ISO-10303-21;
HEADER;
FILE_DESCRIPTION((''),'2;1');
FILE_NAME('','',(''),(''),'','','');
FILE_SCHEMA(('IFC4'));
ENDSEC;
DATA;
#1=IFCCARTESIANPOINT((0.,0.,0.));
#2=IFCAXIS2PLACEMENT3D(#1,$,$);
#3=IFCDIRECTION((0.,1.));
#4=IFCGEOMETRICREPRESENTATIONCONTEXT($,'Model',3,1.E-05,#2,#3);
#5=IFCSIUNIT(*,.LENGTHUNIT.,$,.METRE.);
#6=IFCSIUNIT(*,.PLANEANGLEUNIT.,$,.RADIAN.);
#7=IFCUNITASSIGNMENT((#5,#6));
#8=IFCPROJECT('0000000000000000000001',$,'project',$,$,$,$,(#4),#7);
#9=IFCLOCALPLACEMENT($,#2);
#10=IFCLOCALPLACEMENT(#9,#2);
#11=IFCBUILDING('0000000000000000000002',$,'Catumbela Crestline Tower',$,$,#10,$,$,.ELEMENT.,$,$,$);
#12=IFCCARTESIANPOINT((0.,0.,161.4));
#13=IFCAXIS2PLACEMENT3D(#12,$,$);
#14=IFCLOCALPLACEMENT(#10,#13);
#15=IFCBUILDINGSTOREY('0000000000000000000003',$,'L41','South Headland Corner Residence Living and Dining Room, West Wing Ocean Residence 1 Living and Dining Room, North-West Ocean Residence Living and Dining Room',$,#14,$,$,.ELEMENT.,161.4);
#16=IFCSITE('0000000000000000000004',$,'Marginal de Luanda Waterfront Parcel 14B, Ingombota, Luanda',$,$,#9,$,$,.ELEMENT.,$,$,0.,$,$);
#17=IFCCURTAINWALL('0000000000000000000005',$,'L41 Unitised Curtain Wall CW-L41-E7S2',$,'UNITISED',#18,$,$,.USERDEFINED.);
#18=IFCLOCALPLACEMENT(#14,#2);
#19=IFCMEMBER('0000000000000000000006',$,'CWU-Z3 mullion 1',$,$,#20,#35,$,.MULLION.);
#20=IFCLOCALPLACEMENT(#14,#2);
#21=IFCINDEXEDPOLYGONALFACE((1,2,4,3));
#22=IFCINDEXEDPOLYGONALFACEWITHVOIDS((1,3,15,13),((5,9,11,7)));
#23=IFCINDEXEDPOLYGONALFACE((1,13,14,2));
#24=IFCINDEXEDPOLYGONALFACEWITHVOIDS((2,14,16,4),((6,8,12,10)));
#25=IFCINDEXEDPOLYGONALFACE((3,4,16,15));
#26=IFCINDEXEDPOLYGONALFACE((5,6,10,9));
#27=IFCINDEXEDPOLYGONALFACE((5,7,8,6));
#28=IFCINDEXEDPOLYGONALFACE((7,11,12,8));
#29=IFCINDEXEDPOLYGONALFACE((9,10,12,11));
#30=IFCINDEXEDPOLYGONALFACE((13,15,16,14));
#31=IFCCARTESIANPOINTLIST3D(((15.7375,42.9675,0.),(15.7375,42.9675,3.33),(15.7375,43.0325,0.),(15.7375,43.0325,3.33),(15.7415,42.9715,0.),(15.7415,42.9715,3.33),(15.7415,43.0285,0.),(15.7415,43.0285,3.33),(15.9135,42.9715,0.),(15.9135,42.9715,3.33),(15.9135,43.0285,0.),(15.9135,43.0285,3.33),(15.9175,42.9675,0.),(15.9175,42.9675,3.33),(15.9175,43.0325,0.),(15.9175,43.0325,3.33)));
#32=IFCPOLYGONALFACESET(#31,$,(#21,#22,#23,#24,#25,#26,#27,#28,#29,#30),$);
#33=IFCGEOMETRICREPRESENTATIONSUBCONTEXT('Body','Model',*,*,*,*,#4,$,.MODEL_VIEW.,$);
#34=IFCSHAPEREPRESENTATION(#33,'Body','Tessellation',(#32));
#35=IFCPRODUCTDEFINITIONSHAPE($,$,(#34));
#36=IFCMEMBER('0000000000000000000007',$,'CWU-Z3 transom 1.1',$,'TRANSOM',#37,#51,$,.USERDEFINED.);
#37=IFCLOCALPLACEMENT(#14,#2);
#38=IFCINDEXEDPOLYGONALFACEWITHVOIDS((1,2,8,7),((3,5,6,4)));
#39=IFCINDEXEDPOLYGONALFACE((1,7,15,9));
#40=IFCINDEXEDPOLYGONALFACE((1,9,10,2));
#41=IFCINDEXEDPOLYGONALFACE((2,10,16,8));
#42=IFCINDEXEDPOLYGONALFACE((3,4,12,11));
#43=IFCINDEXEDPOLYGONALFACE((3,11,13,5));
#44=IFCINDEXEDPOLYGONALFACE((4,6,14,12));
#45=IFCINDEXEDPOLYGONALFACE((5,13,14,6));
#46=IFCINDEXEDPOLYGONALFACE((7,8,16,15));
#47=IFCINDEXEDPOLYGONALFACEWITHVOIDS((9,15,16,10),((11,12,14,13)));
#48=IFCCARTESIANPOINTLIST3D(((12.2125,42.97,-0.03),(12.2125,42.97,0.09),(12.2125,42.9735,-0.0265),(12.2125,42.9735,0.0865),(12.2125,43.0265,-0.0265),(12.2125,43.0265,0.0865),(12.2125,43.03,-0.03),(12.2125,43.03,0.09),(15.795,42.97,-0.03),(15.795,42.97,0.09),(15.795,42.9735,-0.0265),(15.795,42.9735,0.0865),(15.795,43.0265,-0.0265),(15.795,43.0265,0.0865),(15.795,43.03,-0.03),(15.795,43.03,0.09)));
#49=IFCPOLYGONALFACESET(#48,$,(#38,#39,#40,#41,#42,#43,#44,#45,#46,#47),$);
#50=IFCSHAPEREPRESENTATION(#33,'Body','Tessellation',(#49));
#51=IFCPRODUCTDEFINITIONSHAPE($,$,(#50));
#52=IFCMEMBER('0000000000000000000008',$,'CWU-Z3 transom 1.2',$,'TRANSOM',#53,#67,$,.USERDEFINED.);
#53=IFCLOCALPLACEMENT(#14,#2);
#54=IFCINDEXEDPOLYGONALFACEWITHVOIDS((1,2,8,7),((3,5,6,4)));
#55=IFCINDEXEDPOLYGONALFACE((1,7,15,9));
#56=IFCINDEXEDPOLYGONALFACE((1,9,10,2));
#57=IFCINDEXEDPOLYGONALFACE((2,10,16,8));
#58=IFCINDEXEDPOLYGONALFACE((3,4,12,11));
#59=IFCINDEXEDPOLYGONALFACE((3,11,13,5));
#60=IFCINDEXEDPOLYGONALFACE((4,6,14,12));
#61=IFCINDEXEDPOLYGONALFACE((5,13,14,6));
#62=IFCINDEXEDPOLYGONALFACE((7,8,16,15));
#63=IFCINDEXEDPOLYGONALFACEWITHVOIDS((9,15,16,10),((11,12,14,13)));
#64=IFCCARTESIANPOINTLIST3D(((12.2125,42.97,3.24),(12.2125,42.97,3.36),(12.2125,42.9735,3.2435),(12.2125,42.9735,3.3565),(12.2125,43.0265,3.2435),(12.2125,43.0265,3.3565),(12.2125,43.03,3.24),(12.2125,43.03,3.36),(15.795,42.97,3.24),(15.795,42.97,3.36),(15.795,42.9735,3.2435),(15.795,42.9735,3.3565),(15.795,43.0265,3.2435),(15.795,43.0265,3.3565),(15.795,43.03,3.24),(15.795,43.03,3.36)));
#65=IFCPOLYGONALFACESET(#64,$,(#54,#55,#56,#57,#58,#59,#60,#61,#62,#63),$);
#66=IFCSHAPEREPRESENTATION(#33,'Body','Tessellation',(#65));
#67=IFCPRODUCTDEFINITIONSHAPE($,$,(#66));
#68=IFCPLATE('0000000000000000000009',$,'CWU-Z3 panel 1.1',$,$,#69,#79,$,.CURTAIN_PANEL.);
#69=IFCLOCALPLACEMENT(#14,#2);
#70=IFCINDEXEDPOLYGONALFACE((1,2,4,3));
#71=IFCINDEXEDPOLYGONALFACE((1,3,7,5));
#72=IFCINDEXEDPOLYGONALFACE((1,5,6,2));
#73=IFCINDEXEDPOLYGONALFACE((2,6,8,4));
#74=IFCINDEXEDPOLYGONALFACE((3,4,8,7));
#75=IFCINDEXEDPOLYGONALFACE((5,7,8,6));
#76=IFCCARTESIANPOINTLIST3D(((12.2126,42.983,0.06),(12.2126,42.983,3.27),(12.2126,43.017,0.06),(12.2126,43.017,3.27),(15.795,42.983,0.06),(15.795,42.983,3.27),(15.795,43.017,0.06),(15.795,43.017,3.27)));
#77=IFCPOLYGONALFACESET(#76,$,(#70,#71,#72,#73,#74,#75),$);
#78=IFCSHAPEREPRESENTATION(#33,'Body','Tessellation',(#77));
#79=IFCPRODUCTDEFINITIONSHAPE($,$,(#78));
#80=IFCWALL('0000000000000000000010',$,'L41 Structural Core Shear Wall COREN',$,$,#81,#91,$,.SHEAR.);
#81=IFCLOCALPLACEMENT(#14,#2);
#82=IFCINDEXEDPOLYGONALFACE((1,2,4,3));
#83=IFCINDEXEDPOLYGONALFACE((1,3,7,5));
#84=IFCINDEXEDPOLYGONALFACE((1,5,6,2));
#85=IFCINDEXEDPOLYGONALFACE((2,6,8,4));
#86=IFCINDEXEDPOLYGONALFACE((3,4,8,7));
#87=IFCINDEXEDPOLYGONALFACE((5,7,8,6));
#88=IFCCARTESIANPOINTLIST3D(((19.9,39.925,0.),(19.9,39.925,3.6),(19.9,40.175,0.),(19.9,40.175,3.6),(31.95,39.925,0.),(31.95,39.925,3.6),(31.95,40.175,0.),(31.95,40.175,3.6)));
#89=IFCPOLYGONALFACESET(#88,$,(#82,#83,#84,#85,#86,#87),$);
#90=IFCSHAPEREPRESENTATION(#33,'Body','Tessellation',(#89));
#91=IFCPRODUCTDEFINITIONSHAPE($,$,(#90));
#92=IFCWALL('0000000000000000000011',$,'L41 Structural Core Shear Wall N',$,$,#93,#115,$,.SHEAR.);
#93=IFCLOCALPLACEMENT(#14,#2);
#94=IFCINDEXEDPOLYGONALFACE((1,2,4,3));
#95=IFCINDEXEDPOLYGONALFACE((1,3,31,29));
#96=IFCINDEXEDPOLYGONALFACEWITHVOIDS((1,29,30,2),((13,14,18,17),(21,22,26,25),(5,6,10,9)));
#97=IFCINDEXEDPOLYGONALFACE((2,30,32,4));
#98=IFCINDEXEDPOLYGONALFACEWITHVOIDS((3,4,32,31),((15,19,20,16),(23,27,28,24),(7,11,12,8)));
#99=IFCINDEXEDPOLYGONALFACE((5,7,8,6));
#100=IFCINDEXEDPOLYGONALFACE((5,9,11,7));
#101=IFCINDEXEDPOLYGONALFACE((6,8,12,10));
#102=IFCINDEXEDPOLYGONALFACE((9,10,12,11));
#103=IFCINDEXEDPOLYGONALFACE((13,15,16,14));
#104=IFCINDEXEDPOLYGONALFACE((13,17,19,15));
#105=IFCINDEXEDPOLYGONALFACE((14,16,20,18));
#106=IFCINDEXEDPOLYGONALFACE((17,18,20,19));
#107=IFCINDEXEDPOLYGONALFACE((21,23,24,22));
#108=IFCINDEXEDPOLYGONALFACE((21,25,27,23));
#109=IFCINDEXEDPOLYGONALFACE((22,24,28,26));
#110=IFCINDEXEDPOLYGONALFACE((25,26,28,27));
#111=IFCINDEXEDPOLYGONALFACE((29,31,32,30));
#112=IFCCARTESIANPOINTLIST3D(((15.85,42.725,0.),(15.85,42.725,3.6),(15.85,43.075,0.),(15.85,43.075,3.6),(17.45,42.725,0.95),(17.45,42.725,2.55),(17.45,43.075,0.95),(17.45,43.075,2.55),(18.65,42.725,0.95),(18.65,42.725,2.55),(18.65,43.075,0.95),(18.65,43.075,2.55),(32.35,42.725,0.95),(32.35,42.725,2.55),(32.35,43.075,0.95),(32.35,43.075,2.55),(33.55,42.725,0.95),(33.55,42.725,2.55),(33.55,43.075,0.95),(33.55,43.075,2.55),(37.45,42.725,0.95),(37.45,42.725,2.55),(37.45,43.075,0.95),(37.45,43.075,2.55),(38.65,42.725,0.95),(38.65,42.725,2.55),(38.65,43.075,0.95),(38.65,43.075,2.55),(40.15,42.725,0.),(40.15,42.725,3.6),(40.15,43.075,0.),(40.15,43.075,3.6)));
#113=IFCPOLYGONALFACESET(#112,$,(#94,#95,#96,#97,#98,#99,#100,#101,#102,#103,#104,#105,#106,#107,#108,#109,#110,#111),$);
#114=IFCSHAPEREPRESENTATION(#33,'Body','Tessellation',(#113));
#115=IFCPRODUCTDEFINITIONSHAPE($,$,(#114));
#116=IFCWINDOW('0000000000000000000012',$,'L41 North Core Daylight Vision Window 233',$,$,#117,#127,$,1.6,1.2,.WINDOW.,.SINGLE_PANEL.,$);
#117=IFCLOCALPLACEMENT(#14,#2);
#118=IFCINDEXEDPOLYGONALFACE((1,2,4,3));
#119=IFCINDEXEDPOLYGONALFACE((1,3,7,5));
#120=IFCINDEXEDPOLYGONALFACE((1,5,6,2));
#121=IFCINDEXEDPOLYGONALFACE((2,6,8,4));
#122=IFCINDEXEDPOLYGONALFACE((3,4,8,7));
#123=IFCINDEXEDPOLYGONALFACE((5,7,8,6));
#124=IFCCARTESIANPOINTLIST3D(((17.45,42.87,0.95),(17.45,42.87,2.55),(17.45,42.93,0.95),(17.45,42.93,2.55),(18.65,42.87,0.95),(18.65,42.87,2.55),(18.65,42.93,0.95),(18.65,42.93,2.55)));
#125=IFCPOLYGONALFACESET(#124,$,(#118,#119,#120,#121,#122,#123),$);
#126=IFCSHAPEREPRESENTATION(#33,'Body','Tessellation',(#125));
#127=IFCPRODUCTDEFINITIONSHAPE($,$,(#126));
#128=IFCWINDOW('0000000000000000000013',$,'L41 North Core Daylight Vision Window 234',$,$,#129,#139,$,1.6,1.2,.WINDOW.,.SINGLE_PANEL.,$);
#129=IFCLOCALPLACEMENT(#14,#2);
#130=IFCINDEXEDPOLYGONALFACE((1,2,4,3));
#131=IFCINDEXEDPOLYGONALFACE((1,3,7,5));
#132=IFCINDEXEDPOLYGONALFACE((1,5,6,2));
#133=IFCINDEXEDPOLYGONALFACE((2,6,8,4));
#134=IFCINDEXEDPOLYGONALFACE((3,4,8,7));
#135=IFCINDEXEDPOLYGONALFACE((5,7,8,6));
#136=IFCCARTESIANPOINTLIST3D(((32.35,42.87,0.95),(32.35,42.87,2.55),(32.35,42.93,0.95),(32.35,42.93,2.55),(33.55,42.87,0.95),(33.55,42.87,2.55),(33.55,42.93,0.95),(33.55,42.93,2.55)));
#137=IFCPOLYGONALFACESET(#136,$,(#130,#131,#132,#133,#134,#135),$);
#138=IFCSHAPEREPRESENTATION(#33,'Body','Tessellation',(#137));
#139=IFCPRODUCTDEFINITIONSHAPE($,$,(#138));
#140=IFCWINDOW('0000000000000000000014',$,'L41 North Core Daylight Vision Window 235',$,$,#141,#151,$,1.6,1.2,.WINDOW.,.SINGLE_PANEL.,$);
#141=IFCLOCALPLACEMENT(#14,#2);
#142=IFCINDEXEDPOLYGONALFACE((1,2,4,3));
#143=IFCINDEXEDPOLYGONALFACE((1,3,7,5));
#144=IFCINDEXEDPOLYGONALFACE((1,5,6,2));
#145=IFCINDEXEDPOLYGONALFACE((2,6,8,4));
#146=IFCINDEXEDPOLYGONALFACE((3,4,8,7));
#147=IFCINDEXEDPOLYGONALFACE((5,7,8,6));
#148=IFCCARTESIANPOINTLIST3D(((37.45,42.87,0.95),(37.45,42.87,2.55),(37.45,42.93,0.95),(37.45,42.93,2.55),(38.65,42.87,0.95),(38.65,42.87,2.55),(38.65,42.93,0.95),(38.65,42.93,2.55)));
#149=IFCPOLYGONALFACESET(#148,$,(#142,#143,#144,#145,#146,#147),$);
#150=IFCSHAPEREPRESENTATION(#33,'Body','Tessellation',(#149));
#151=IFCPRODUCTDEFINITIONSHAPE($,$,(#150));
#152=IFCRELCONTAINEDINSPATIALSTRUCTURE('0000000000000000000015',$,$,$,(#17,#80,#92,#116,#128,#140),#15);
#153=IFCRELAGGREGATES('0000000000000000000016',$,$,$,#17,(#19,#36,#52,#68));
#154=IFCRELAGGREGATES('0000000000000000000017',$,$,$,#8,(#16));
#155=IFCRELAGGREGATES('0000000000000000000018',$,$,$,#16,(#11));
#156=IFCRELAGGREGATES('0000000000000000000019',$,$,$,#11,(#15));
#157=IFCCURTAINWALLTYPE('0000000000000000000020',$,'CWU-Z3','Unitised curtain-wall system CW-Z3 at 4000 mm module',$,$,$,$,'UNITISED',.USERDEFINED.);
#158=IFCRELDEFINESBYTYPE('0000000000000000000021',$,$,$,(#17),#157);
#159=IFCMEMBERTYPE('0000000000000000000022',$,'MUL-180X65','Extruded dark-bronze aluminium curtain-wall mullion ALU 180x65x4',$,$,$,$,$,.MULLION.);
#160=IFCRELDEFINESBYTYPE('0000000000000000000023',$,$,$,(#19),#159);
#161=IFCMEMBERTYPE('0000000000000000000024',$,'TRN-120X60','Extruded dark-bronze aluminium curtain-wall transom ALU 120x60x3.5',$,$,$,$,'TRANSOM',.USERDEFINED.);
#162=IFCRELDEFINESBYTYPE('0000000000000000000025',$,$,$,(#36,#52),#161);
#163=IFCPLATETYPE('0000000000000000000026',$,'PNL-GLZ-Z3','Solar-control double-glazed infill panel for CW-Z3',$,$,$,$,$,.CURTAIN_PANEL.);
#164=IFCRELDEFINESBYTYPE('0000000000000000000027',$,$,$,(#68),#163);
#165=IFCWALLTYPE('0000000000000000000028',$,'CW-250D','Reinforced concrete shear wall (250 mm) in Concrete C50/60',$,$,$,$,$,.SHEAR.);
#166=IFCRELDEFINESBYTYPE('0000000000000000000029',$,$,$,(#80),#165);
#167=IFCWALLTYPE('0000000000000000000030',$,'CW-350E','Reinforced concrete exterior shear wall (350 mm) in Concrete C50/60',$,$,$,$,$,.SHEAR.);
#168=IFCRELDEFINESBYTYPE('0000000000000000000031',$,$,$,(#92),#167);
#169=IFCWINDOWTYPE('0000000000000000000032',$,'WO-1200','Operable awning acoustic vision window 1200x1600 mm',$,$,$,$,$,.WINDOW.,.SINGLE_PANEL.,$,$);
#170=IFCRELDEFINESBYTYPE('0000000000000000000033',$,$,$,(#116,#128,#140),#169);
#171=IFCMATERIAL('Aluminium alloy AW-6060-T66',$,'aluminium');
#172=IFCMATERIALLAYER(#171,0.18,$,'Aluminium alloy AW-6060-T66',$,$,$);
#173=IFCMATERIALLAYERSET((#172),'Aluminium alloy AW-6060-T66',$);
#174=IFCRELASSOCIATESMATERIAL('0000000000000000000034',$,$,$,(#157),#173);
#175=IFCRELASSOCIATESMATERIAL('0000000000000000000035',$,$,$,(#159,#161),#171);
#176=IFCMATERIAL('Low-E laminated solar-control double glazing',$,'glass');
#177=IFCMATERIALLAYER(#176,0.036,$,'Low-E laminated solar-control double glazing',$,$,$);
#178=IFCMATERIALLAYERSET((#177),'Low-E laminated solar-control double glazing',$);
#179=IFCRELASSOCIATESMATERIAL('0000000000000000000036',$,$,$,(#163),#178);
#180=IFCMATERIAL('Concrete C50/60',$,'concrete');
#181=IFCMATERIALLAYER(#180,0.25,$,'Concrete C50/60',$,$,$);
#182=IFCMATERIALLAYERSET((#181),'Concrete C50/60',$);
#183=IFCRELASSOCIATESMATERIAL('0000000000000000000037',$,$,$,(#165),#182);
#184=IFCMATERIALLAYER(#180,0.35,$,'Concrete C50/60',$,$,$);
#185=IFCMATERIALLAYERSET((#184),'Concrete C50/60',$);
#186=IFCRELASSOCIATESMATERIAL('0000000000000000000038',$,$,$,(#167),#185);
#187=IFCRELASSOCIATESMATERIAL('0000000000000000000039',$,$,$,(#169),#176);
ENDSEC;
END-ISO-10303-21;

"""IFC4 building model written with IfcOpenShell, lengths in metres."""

from ifc_helpers import new_model, si_unit, direction, frame, frame_2d, origin, origin_2d, place, context, subcontext, project, spatial, rectangle, hollow_rectangle, extrude, material, layer, layer_set, material_profile, profile_set, type_object, element, fill, aggregate, save


model = new_model("IFC4")

# Units and contexts
model_context = context("Model", 3, precision=1e-05, world=origin(), true_north=direction((0.0, 1.0)))
body_context = subcontext(model_context, "Body", "Model", "MODEL_VIEW")
ifc_project = project(units=[si_unit("LENGTHUNIT", "METRE"), si_unit("PLANEANGLEUNIT", "RADIAN")], contexts=[model_context])

# Site, building, storey
site_placement = place(None, origin())
site = spatial("IfcSite", under=ifc_project, at=site_placement, Name="Marginal de Luanda Waterfront Parcel 14B, Ingombota, Luanda", CompositionType="ELEMENT", RefElevation=0.0)
building_placement = place(site_placement, origin())
building = spatial("IfcBuilding", under=site, at=building_placement, Name="Catumbela Crestline Tower", CompositionType="ELEMENT")
storey_placement = place(building_placement, frame((0.0, 0.0, 161.4)))
storey = spatial("IfcBuildingStorey", under=building, at=storey_placement, Name="L41", Description="South Headland Corner Residence Living and Dining Room, West Wing Ocean Residence 1 Living and Dining Room, North-West Ocean Residence Living and Dining Room", CompositionType="ELEMENT", Elevation=161.4)

# Curtain wall, members, plate
ifc_material_1 = material(Name="Aluminium alloy AW-6060-T66", Category="aluminium")
ifc_layer_1 = layer(ifc_material_1, 0.18, Name="Aluminium alloy AW-6060-T66")
ifc_layer_set_1 = layer_set([ifc_layer_1], Name="Aluminium alloy AW-6060-T66")
curtain_wall_type = type_object("IfcCurtainWallType", Name="CWU-Z3", Description="Unitised curtain-wall system CW-Z3 at 4000 mm module", ElementType="UNITISED", PredefinedType="USERDEFINED", material=ifc_layer_set_1)
curtain_wall_placement = place(storey_placement, origin())
curtain_wall = element("IfcCurtainWall", 1, at=curtain_wall_placement, inside=storey, type_object=curtain_wall_type, Name="L41 Unitised Curtain Wall CW-L41-E7S2", ObjectType="UNITISED", PredefinedType="USERDEFINED")
ifc_material_profile_1 = material_profile(ifc_material_1, hollow_rectangle(XDim=0.065, YDim=0.18, WallThickness=0.004, at=origin_2d()), Name="ALU 180x65x4")
ifc_profile_set_1 = profile_set([ifc_material_profile_1], Name="Aluminium alloy AW-6060-T66")
member_type_1 = type_object("IfcMemberType", Name="MUL-180X65", Description="Extruded dark-bronze aluminium curtain-wall mullion ALU 180x65x4", PredefinedType="MULLION", material=ifc_profile_set_1)
member_1_placement = place(storey_placement, frame((15.8275, 43.0, 0.0), z_axis=(0.0, 0.0, 1.0), x_axis=(0.0, -1.0, 0.0)))
member_1 = element("IfcMember", 2, at=member_1_placement, type_object=member_type_1, Name="CWU-Z3 mullion 1", PredefinedType="MULLION", context=body_context, shape_type="SweptSolid", body=[
    extrude(hollow_rectangle(XDim=0.065, YDim=0.18, WallThickness=0.004, at=origin_2d()), origin(), (0.0, 0.0, 1.0), 3.33),
])
ifc_material_profile_2 = material_profile(ifc_material_1, hollow_rectangle(XDim=0.06, YDim=0.12, WallThickness=0.0035, at=origin_2d()), Name="ALU 120x60x3.5")
ifc_profile_set_2 = profile_set([ifc_material_profile_2], Name="Aluminium alloy AW-6060-T66")
member_type_2 = type_object("IfcMemberType", Name="TRN-120X60", Description="Extruded dark-bronze aluminium curtain-wall transom ALU 120x60x3.5", ElementType="TRANSOM", PredefinedType="USERDEFINED", material=ifc_profile_set_2)
member_2_placement = place(storey_placement, frame((15.795, 43.0, 0.03), z_axis=(-1.0, 0.0, 0.0), x_axis=(0.0, -1.0, 0.0)))
member_2 = element("IfcMember", 3, at=member_2_placement, type_object=member_type_2, Name="CWU-Z3 transom 1.1", ObjectType="TRANSOM", PredefinedType="USERDEFINED", context=body_context, shape_type="SweptSolid", body=[
    extrude(hollow_rectangle(XDim=0.06, YDim=0.12, WallThickness=0.0035, at=origin_2d()), origin(), (0.0, 0.0, 1.0), 3.5825),
])
member_3_placement = place(storey_placement, frame((15.795, 43.0, 3.3), z_axis=(-1.0, 0.0, 0.0), x_axis=(0.0, -1.0, 0.0)))
member_3 = element("IfcMember", 4, at=member_3_placement, type_object=member_type_2, Name="CWU-Z3 transom 1.2", ObjectType="TRANSOM", PredefinedType="USERDEFINED", context=body_context, shape_type="SweptSolid", body=[
    extrude(hollow_rectangle(XDim=0.06, YDim=0.12, WallThickness=0.0035, at=origin_2d()), origin(), (0.0, 0.0, 1.0), 3.5825),
])
ifc_material_2 = material(Name="Low-E laminated solar-control double glazing", Category="glass")
ifc_layer_2 = layer(ifc_material_2, 0.036, Name="Low-E laminated solar-control double glazing")
ifc_layer_set_2 = layer_set([ifc_layer_2], Name="Low-E laminated solar-control double glazing")
plate_type = type_object("IfcPlateType", Name="PNL-GLZ-Z3", Description="Solar-control double-glazed infill panel for CW-Z3", PredefinedType="CURTAIN_PANEL", material=ifc_layer_set_2)
plate_placement = place(storey_placement, frame((14.0038, 43.0, 0.06), z_axis=(0.0, 0.0, 1.0), x_axis=(-1.0, 0.0, 0.0)))
plate = element("IfcPlate", 5, at=plate_placement, type_object=plate_type, Name="CWU-Z3 panel 1.1", PredefinedType="CURTAIN_PANEL", context=body_context, shape_type="SweptSolid", body=[
    extrude(rectangle(XDim=3.5825, YDim=0.034, at=origin_2d()), origin(), (0.0, 0.0, 1.0), 3.21),
])
aggregate(curtain_wall, [member_1, member_2, member_3, plate])

# Wall
ifc_material_3 = material(Name="Concrete C50/60", Category="concrete")
ifc_layer_3 = layer(ifc_material_3, 0.25, Name="Concrete C50/60")
ifc_layer_set_3 = layer_set([ifc_layer_3], Name="Concrete C50/60")
wall_type_1 = type_object("IfcWallType", Name="CW-250D", Description="Reinforced concrete shear wall (250 mm) in Concrete C50/60", PredefinedType="SHEAR", material=ifc_layer_set_3)
wall_1_placement = place(storey_placement, frame((19.9, 40.05, 0.0), z_axis=(0.0, 0.0, 1.0), x_axis=(1.0, 0.0, 0.0)))
element("IfcWall", 6, at=wall_1_placement, inside=storey, type_object=wall_type_1, Name="L41 Structural Core Shear Wall COREN", PredefinedType="SHEAR", context=body_context, shape_type="SweptSolid", body=[
    extrude(rectangle(XDim=12.05, YDim=0.25, at=frame_2d((6.025, 0.0))), origin(), (0.0, 0.0, 1.0), 3.6),
])

# Wall, openings, windows
ifc_layer_4 = layer(ifc_material_3, 0.35, Name="Concrete C50/60")
ifc_layer_set_4 = layer_set([ifc_layer_4], Name="Concrete C50/60")
wall_type_2 = type_object("IfcWallType", Name="CW-350E", Description="Reinforced concrete exterior shear wall (350 mm) in Concrete C50/60", PredefinedType="SHEAR", material=ifc_layer_set_4)
wall_2_placement = place(storey_placement, frame((15.85, 42.9, 0.0), z_axis=(0.0, 0.0, 1.0), x_axis=(1.0, 0.0, 0.0)))
wall_2 = element("IfcWall", 7, at=wall_2_placement, inside=storey, type_object=wall_type_2, Name="L41 Structural Core Shear Wall N", PredefinedType="SHEAR", context=body_context, shape_type="SweptSolid", body=[
    extrude(rectangle(XDim=24.3, YDim=0.35, at=frame_2d((12.15, 0.0))), origin(), (0.0, 0.0, 1.0), 3.6),
])
opening_1_placement = place(wall_2_placement, frame((1.6, 0.0, 0.95)))
opening_1 = element("IfcOpeningElement", 8, at=opening_1_placement, cuts=wall_2, PredefinedType="OPENING", context=body_context, shape_type="SweptSolid", body=[
    extrude(rectangle(XDim=1.2, YDim=1.6, at=frame_2d((0.6, 0.8))), frame((0.0, 0.185, 0.0), z_axis=(0.0, -1.0, 0.0), x_axis=(1.0, 0.0, 0.0)), (0.0, 0.0, 1.0), 0.37),
])
opening_2_placement = place(wall_2_placement, frame((16.5, 0.0, 0.95)))
opening_2 = element("IfcOpeningElement", 9, at=opening_2_placement, cuts=wall_2, PredefinedType="OPENING", context=body_context, shape_type="SweptSolid", body=[
    extrude(rectangle(XDim=1.2, YDim=1.6, at=frame_2d((0.6, 0.8))), frame((0.0, 0.185, 0.0), z_axis=(0.0, -1.0, 0.0), x_axis=(1.0, 0.0, 0.0)), (0.0, 0.0, 1.0), 0.37),
])
opening_3_placement = place(wall_2_placement, frame((21.6, 0.0, 0.95)))
opening_3 = element("IfcOpeningElement", 10, at=opening_3_placement, cuts=wall_2, PredefinedType="OPENING", context=body_context, shape_type="SweptSolid", body=[
    extrude(rectangle(XDim=1.2, YDim=1.6, at=frame_2d((0.6, 0.8))), frame((0.0, 0.185, 0.0), z_axis=(0.0, -1.0, 0.0), x_axis=(1.0, 0.0, 0.0)), (0.0, 0.0, 1.0), 0.37),
])
window_type = type_object("IfcWindowType", Name="WO-1200", Description="Operable awning acoustic vision window 1200x1600 mm", PartitioningType="SINGLE_PANEL", PredefinedType="WINDOW", material=ifc_material_2)
window_1_placement = place(opening_1_placement, origin())
window_1 = element("IfcWindow", 11, at=window_1_placement, inside=storey, type_object=window_type, Name="L41 North Core Daylight Vision Window 233", OverallHeight=1.6, OverallWidth=1.2, PartitioningType="SINGLE_PANEL", PredefinedType="WINDOW", context=body_context, shape_type="SweptSolid", body=[
    extrude(rectangle(XDim=1.2, YDim=1.6, at=frame_2d((0.6, 0.8))), frame((0.0, 0.03, 0.0), z_axis=(0.0, -1.0, 0.0), x_axis=(1.0, 0.0, 0.0)), (0.0, 0.0, 1.0), 0.06),
])
fill(opening_1, window_1)
window_2_placement = place(opening_2_placement, origin())
window_2 = element("IfcWindow", 12, at=window_2_placement, inside=storey, type_object=window_type, Name="L41 North Core Daylight Vision Window 234", OverallHeight=1.6, OverallWidth=1.2, PartitioningType="SINGLE_PANEL", PredefinedType="WINDOW", context=body_context, shape_type="SweptSolid", body=[
    extrude(rectangle(XDim=1.2, YDim=1.6, at=frame_2d((0.6, 0.8))), frame((0.0, 0.03, 0.0), z_axis=(0.0, -1.0, 0.0), x_axis=(1.0, 0.0, 0.0)), (0.0, 0.0, 1.0), 0.06),
])
fill(opening_2, window_2)
window_3_placement = place(opening_3_placement, origin())
window_3 = element("IfcWindow", 13, at=window_3_placement, inside=storey, type_object=window_type, Name="L41 North Core Daylight Vision Window 235", OverallHeight=1.6, OverallWidth=1.2, PartitioningType="SINGLE_PANEL", PredefinedType="WINDOW", context=body_context, shape_type="SweptSolid", body=[
    extrude(rectangle(XDim=1.2, YDim=1.6, at=frame_2d((0.6, 0.8))), frame((0.0, 0.03, 0.0), z_axis=(0.0, -1.0, 0.0), x_axis=(1.0, 0.0, 0.0)), (0.0, 0.0, 1.0), 0.06),
])
fill(opening_3, window_3)

save(model, "model.ifc")
